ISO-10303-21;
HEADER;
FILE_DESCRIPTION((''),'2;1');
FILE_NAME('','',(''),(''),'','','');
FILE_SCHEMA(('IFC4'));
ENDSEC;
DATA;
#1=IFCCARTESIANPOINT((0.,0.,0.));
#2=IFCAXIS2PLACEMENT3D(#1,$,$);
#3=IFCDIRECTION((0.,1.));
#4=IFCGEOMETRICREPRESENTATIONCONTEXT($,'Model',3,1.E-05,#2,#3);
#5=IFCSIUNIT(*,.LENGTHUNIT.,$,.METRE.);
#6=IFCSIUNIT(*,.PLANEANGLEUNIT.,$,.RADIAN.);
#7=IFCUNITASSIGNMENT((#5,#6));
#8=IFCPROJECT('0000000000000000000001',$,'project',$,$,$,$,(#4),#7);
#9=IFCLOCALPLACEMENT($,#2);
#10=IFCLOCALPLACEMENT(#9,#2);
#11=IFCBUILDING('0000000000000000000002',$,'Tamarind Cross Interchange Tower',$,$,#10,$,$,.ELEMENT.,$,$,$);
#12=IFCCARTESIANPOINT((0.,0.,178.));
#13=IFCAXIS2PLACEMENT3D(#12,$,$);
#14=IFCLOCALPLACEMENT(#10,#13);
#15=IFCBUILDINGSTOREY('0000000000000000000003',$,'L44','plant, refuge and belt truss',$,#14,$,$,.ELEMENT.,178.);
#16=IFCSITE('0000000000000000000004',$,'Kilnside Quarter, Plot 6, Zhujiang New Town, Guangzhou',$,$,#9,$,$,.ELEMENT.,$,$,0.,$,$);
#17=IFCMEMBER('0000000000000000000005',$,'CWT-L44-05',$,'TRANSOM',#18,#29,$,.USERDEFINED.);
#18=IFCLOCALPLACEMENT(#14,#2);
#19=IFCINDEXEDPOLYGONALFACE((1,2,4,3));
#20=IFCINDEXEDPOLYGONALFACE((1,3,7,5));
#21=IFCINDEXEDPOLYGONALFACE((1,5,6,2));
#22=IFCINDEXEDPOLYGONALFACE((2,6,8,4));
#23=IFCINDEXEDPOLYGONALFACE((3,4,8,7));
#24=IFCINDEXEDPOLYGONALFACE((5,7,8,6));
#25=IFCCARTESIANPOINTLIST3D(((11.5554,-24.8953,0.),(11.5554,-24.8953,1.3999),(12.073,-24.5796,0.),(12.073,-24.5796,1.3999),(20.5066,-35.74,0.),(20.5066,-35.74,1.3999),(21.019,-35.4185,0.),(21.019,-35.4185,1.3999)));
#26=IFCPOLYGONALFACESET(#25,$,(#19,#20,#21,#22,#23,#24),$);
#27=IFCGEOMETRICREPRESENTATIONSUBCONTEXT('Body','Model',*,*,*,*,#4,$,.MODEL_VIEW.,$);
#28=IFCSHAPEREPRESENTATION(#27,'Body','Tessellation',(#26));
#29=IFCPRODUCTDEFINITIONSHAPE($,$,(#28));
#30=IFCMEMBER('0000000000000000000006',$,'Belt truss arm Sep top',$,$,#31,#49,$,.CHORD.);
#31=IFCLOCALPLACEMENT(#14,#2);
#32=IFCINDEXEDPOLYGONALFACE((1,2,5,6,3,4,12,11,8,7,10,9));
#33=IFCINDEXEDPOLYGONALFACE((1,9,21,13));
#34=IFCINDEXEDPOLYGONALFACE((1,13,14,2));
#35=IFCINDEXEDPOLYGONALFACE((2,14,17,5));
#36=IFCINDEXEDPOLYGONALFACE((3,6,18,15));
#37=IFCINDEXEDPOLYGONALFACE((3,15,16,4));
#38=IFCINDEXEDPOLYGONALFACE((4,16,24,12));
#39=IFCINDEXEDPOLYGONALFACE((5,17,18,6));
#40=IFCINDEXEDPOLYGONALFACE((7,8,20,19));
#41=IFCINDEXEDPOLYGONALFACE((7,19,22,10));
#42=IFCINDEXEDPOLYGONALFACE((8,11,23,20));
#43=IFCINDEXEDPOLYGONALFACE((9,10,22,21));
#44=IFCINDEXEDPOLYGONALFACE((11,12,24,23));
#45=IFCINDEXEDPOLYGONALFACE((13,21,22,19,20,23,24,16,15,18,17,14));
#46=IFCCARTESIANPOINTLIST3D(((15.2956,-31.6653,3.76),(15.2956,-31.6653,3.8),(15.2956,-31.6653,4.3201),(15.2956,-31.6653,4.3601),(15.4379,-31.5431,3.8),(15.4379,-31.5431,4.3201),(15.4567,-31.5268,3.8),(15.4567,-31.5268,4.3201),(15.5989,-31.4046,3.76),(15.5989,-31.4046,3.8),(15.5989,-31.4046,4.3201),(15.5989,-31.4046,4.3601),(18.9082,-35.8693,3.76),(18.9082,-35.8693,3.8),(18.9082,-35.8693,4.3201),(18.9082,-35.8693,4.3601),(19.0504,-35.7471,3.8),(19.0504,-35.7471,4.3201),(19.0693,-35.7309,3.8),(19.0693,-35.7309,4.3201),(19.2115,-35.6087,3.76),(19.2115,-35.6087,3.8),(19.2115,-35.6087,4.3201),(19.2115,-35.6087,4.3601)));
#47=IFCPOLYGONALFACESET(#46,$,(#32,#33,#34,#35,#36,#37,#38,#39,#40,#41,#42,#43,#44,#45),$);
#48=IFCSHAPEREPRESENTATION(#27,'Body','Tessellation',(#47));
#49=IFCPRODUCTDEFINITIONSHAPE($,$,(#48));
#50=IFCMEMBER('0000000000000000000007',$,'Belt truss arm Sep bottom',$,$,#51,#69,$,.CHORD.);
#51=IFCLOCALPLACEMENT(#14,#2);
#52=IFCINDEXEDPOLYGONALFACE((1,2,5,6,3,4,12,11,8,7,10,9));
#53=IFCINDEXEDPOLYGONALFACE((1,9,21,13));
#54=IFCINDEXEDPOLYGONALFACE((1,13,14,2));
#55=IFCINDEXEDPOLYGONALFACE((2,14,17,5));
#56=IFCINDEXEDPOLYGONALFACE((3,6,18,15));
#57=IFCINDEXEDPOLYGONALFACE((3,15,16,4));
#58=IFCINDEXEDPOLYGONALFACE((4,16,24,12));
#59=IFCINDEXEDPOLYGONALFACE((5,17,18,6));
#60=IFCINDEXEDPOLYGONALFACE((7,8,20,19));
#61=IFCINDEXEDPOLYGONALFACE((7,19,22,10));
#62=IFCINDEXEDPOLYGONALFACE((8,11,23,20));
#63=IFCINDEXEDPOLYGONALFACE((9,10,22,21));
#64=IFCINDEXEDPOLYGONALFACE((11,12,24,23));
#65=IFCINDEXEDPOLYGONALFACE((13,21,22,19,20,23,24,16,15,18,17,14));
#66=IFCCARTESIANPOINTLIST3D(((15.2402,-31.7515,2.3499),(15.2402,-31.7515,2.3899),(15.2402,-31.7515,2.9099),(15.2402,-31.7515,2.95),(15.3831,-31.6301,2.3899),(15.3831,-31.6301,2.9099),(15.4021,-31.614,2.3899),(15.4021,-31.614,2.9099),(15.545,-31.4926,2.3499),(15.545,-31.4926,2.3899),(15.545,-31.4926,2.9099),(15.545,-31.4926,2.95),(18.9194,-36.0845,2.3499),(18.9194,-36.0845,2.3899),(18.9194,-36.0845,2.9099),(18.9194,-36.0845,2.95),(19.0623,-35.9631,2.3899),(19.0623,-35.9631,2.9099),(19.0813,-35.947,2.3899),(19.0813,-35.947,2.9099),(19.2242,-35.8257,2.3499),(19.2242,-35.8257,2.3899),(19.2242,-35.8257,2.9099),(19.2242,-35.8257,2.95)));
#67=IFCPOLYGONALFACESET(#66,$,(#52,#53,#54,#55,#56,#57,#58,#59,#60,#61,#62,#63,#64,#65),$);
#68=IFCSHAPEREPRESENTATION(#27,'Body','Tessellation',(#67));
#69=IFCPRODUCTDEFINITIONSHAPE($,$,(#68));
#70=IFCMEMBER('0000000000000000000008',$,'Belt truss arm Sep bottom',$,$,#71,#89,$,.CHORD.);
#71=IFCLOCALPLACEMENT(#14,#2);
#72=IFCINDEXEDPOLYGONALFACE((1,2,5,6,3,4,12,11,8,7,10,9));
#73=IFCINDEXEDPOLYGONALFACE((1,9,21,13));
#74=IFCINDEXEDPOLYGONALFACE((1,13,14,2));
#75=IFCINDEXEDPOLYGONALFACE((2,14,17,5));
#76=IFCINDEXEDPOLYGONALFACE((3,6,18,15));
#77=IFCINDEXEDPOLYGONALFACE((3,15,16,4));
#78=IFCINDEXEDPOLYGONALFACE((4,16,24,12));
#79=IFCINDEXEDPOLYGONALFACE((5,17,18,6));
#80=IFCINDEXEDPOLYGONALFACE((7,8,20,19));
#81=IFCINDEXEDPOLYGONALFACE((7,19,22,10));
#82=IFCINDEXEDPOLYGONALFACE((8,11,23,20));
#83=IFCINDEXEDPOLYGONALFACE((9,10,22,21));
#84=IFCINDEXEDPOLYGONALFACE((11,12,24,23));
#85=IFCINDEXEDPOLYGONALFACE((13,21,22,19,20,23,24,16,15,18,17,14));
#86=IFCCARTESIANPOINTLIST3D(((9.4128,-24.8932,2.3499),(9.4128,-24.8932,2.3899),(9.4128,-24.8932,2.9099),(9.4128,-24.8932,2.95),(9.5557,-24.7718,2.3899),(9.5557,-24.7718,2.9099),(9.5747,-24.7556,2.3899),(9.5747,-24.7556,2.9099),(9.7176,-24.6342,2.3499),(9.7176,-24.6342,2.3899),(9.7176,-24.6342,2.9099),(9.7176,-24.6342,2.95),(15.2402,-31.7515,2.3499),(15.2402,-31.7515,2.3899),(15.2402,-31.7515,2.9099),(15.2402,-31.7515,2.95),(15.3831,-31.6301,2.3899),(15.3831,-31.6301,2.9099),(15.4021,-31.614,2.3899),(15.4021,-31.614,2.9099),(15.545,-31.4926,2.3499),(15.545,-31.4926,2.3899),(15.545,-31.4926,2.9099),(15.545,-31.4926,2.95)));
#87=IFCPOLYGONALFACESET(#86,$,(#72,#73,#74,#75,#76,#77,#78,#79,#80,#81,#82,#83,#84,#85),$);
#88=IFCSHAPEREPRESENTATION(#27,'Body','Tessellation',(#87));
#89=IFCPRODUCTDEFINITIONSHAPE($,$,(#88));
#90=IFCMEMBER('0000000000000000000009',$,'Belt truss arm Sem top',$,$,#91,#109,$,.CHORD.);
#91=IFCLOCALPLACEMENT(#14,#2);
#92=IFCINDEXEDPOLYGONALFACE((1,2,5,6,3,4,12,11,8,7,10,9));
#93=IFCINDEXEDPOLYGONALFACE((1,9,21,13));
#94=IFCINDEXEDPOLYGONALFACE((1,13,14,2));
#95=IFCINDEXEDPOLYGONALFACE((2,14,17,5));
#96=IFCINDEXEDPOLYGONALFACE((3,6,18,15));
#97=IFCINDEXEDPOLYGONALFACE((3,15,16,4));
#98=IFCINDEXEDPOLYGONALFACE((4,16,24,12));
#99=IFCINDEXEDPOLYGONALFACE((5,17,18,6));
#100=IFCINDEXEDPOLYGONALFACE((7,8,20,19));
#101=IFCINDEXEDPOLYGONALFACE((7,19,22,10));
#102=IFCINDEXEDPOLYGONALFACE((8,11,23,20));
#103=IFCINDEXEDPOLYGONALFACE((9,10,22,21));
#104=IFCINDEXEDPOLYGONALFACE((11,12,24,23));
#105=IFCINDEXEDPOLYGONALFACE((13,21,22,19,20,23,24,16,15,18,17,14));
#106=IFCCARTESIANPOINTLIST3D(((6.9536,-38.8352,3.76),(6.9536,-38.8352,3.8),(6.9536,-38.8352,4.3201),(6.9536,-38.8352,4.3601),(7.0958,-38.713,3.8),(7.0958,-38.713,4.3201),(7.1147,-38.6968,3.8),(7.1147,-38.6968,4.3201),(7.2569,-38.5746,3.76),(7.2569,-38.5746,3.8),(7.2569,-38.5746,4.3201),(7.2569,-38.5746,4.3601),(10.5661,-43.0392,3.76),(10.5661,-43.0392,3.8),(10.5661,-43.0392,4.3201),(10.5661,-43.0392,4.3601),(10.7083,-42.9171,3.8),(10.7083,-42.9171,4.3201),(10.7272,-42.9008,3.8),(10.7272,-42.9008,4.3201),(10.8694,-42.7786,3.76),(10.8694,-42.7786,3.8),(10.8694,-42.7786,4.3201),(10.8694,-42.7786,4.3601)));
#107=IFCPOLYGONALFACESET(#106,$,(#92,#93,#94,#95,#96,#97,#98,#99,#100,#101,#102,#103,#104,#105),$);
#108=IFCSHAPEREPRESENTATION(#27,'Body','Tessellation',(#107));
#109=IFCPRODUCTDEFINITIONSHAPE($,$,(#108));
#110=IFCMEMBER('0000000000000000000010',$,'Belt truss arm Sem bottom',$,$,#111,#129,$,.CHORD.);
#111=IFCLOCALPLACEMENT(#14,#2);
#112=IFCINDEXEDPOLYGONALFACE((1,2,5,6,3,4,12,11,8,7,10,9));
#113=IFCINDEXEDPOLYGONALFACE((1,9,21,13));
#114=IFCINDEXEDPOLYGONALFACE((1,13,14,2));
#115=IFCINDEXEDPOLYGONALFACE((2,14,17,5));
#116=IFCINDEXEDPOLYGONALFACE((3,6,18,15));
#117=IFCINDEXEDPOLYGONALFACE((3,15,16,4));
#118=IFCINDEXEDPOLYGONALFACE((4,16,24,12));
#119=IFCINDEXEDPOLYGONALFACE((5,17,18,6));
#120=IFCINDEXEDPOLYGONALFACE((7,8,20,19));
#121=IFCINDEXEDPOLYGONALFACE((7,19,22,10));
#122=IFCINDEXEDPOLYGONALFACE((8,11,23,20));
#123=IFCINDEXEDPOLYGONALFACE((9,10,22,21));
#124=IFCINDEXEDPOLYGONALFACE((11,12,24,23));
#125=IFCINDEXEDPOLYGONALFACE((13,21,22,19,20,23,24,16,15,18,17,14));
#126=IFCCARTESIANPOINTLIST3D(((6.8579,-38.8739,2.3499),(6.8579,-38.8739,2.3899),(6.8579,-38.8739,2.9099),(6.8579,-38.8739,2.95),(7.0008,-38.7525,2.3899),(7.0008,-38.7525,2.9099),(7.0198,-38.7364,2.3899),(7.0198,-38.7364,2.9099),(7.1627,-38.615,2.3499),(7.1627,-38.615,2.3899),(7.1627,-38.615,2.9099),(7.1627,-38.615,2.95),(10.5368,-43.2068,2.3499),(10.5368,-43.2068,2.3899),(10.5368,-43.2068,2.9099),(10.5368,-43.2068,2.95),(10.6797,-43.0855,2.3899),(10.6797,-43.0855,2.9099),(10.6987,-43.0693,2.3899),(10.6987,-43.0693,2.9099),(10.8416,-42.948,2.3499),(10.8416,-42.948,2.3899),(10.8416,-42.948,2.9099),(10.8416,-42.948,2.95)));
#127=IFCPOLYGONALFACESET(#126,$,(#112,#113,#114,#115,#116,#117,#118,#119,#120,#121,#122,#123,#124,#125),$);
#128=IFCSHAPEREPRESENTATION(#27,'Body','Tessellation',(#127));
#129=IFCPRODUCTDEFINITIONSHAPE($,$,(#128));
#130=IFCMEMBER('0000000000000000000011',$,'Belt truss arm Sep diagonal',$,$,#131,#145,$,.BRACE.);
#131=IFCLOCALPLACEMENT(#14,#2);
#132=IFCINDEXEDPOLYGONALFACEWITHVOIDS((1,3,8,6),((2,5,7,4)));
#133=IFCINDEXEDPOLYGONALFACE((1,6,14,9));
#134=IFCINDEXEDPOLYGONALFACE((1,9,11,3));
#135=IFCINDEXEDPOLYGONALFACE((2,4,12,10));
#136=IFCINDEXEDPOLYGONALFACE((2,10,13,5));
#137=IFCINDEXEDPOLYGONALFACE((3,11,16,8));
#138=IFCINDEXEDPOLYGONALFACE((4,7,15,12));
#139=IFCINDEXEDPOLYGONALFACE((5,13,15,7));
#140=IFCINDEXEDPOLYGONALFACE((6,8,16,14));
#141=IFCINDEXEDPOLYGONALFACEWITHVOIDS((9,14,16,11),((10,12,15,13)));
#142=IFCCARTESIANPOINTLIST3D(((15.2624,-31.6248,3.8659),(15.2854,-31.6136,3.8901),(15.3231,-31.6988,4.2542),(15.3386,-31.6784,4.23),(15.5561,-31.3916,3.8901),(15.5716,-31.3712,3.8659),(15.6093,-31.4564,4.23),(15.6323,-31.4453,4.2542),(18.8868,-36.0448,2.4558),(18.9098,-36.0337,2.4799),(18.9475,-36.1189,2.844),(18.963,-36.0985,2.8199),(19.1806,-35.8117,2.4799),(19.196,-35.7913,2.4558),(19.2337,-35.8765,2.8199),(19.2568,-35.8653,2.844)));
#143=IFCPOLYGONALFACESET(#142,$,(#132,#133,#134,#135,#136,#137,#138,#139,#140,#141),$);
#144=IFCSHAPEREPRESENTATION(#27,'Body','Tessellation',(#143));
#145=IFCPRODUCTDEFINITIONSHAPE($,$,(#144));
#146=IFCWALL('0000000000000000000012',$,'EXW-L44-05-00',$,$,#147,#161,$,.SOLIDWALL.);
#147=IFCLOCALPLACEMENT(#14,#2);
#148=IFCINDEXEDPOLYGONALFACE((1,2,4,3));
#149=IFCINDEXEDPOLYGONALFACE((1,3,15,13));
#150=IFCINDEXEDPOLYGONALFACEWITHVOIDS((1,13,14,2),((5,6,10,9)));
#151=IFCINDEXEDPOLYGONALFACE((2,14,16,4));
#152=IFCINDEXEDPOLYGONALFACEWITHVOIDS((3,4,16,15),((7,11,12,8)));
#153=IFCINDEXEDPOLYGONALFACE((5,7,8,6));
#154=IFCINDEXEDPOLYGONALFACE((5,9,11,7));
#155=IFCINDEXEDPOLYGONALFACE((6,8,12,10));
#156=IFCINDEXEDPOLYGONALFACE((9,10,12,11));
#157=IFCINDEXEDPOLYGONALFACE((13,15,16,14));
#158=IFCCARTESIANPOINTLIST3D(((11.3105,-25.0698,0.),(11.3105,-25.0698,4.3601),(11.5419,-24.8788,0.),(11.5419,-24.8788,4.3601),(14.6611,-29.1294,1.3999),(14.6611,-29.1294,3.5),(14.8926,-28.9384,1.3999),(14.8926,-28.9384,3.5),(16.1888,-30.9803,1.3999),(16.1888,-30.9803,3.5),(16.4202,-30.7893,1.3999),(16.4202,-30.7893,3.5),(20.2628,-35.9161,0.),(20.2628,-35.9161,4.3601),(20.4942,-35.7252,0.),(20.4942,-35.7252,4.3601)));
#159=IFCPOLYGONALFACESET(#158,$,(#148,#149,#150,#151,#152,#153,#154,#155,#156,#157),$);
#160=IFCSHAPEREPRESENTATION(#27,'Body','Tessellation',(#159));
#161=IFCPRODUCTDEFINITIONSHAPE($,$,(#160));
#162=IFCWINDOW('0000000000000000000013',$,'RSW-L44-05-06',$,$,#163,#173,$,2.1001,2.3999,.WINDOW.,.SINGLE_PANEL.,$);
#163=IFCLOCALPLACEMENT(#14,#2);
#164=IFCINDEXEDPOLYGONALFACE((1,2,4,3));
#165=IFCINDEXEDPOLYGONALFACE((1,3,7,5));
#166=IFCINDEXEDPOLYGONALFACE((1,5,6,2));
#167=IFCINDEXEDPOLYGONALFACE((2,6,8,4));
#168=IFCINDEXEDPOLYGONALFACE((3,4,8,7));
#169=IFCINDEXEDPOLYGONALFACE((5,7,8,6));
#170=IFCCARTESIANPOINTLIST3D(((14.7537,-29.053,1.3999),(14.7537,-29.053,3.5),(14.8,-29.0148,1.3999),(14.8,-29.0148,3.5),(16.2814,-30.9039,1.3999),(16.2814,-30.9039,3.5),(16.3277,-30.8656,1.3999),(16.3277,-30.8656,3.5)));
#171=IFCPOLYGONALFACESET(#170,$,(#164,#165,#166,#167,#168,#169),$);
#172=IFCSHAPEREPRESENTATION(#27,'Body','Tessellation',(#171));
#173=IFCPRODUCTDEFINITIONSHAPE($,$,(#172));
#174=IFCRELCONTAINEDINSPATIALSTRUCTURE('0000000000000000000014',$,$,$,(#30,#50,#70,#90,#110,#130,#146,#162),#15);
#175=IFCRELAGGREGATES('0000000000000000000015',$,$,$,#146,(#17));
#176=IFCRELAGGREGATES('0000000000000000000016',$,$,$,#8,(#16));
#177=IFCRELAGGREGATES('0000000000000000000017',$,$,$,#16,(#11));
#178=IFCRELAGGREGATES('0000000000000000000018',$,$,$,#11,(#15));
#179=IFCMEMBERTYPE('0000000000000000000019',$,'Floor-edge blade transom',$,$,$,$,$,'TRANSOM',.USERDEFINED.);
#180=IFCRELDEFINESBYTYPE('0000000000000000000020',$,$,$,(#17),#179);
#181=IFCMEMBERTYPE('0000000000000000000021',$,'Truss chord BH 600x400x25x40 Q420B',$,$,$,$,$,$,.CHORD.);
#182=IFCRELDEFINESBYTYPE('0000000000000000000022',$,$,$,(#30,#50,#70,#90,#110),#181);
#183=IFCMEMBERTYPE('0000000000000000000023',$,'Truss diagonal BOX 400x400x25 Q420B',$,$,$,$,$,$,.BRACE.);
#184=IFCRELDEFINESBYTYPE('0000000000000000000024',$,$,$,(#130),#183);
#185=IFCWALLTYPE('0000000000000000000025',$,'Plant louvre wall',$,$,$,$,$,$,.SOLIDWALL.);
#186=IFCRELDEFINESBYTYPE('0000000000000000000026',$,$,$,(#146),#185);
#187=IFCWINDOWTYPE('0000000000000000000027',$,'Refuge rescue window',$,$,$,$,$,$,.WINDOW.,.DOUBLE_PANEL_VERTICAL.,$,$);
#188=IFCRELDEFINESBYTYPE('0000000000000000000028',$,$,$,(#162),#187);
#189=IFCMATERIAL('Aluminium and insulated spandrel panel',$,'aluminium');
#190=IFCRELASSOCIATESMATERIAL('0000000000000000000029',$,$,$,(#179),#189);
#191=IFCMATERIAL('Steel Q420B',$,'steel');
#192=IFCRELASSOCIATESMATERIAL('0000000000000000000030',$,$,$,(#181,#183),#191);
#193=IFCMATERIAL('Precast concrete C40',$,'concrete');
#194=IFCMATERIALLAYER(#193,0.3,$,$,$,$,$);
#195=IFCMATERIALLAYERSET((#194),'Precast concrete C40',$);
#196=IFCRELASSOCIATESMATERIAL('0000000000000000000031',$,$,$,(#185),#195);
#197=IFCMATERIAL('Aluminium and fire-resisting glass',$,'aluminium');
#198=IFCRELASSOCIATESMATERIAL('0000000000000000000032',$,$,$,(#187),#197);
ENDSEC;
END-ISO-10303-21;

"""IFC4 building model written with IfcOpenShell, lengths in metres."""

from ifc_helpers import new_model, si_unit, direction, frame, frame_2d, origin, origin_2d, place, context, subcontext, project, spatial, polyline, rectangle, hollow_rectangle, i_section, outline, extrude, material, layer, layer_set, material_profile, profile_set, type_object, element, fill, aggregate, save


model = new_model("IFC4")

# Units and contexts
model_context = context("Model", 3, precision=1e-05, world=origin(), true_north=direction((0.0, 1.0)))
body_context = subcontext(model_context, "Body", "Model", "MODEL_VIEW")
ifc_project = project(units=[si_unit("LENGTHUNIT", "METRE"), si_unit("PLANEANGLEUNIT", "RADIAN")], contexts=[model_context])

# Site, building, storey
site_placement = place(None, origin())
site = spatial("IfcSite", under=ifc_project, at=site_placement, Name="Kilnside Quarter, Plot 6, Zhujiang New Town, Guangzhou", CompositionType="ELEMENT", RefElevation=0.0)
building_placement = place(site_placement, origin())
building = spatial("IfcBuilding", under=site, at=building_placement, Name="Tamarind Cross Interchange Tower", CompositionType="ELEMENT")
storey_placement = place(building_placement, frame((0.0, 0.0, 178.0)))
storey = spatial("IfcBuildingStorey", under=building, at=storey_placement, Name="L44", Description="plant, refuge and belt truss", CompositionType="ELEMENT", Elevation=178.0)

# Member
ifc_material_1 = material(Name="Aluminium and insulated spandrel panel", Category="aluminium")
member_type_1 = type_object("IfcMemberType", Name="Floor-edge blade transom", ElementType="TRANSOM", PredefinedType="USERDEFINED", material=ifc_material_1)
member_1_placement = place(storey_placement, origin())
member_1 = element("IfcMember", 1, at=member_1_placement, type_object=member_type_1, Name="CWT-L44-05", ObjectType="TRANSOM", PredefinedType="USERDEFINED", context=body_context, shape_type="SweptSolid", body=[
    extrude(outline(polyline([(20.5066, -35.74), (11.5554, -24.8953), (12.073, -24.5796), (21.019, -35.4185), (20.5066, -35.74)])), origin(), (0.0, 0.0, 1.0), 1.3999),
])

# Members
ifc_material_2 = material(Name="Steel Q420B", Category="steel")
ifc_material_profile_1 = material_profile(ifc_material_2, i_section(OverallWidth=0.3999, OverallDepth=0.6001, WebThickness=0.0249, FlangeThickness=0.04, at=origin_2d()), Name="BH 600x400x25x40")
ifc_profile_set_1 = profile_set([ifc_material_profile_1], Name="Steel Q420B")
member_type_2 = type_object("IfcMemberType", Name="Truss chord BH 600x400x25x40 Q420B", PredefinedType="CHORD", material=ifc_profile_set_1)
member_2_placement = place(storey_placement, frame((19.0598, -35.739, 4.0601), z_axis=(-0.65173, 0.758451, 0.0), x_axis=(-0.758451, -0.65173, 0.0)))
element("IfcMember", 2, at=member_2_placement, inside=storey, type_object=member_type_2, Name="Belt truss arm Sep top", PredefinedType="CHORD", context=body_context, shape_type="SweptSolid", body=[
    extrude(i_section(OverallWidth=0.3999, OverallDepth=0.6001, WebThickness=0.0249, FlangeThickness=0.04, at=origin_2d()), origin(), (0.0, 0.0, 1.0), 5.543),
])
member_3_placement = place(storey_placement, frame((19.0718, -35.9551, 2.6499), z_axis=(-0.647254, 0.762274, 0.0), x_axis=(-0.762274, -0.647254, 0.0)))
element("IfcMember", 3, at=member_3_placement, inside=storey, type_object=member_type_2, Name="Belt truss arm Sep bottom", PredefinedType="CHORD", context=body_context, shape_type="SweptSolid", body=[
    extrude(i_section(OverallWidth=0.3999, OverallDepth=0.6001, WebThickness=0.0249, FlangeThickness=0.04, at=origin_2d()), origin(), (0.0, 0.0, 1.0), 5.6843),
])
member_4_placement = place(storey_placement, frame((15.3926, -31.6221, 2.6499), z_axis=(-0.647504, 0.762062, 0.0), x_axis=(-0.762062, -0.647504, 0.0)))
element("IfcMember", 4, at=member_4_placement, inside=storey, type_object=member_type_2, Name="Belt truss arm Sep bottom", PredefinedType="CHORD", context=body_context, shape_type="SweptSolid", body=[
    extrude(i_section(OverallWidth=0.3999, OverallDepth=0.6001, WebThickness=0.0249, FlangeThickness=0.04, at=origin_2d()), origin(), (0.0, 0.0, 1.0), 8.9998),
])
member_5_placement = place(storey_placement, frame((10.7178, -42.9089, 4.0601), z_axis=(-0.65173, 0.758451, 0.0), x_axis=(-0.758451, -0.65173, 0.0)))
element("IfcMember", 5, at=member_5_placement, inside=storey, type_object=member_type_2, Name="Belt truss arm Sem top", PredefinedType="CHORD", context=body_context, shape_type="SweptSolid", body=[
    extrude(i_section(OverallWidth=0.3999, OverallDepth=0.6001, WebThickness=0.0249, FlangeThickness=0.04, at=origin_2d()), origin(), (0.0, 0.0, 1.0), 5.543),
])
member_6_placement = place(storey_placement, frame((10.6892, -43.0774, 2.6499), z_axis=(-0.647229, 0.762295, 0.0), x_axis=(-0.762295, -0.647229, 0.0)))
element("IfcMember", 6, at=member_6_placement, inside=storey, type_object=member_type_2, Name="Belt truss arm Sem bottom", PredefinedType="CHORD", context=body_context, shape_type="SweptSolid", body=[
    extrude(i_section(OverallWidth=0.3999, OverallDepth=0.6001, WebThickness=0.0249, FlangeThickness=0.04, at=origin_2d()), origin(), (0.0, 0.0, 1.0), 5.6841),
])
ifc_material_profile_2 = material_profile(ifc_material_2, hollow_rectangle(XDim=0.3999, YDim=0.3999, WallThickness=0.0249, at=origin_2d()), Name="BOX 400x400x25")
ifc_profile_set_2 = profile_set([ifc_material_profile_2], Name="Steel Q420B")
member_type_3 = type_object("IfcMemberType", Name="Truss diagonal BOX 400x400x25 Q420B", PredefinedType="BRACE", material=ifc_profile_set_2)
member_7_placement = place(storey_placement, frame((19.0718, -35.9551, 2.6499), z_axis=(-0.615621, 0.750762, 0.239514), x_axis=(-0.77327, -0.634077, 0.0)))
element("IfcMember", 7, at=member_7_placement, inside=storey, type_object=member_type_3, Name="Belt truss arm Sep diagonal", PredefinedType="BRACE", context=body_context, shape_type="SweptSolid", body=[
    extrude(hollow_rectangle(XDim=0.3999, YDim=0.3999, WallThickness=0.0249, at=origin_2d()), origin(), (0.0, 0.0, 1.0), 5.8875),
])

# Wall, opening, window
ifc_material_3 = material(Name="Precast concrete C40", Category="concrete")
ifc_layer = layer(ifc_material_3, 0.3)
ifc_layer_set = layer_set([ifc_layer], Name="Precast concrete C40")
wall_type = type_object("IfcWallType", Name="Plant louvre wall", PredefinedType="SOLIDWALL", material=ifc_layer_set)
wall_1_placement = place(storey_placement, frame((20.3784, -35.8206, 0.0), z_axis=(0.0, 0.0, 1.0), x_axis=(-0.636556, 0.771231, 0.0)))
wall_1 = element("IfcWall", 8, at=wall_1_placement, inside=storey, type_object=wall_type, Name="EXW-L44-05-00", PredefinedType="SOLIDWALL", context=body_context, shape_type="SweptSolid", body=[
    extrude(rectangle(XDim=14.0637, YDim=0.3, at=frame_2d((7.0317, 0.0))), origin(), (0.0, 0.0, 1.0), 4.3601),
])
opening_1_placement = place(wall_1_placement, frame((6.3999, 0.0, 1.3999)))
opening_1 = element("IfcOpeningElement", 9, at=opening_1_placement, cuts=wall_1, PredefinedType="OPENING", context=body_context, shape_type="SweptSolid", body=[
    extrude(rectangle(XDim=2.3999, YDim=2.1001, at=frame_2d((1.2, 1.05))), frame((0.0, 0.1599, 0.0), z_axis=(0.0, -1.0, 0.0), x_axis=(1.0, 0.0, 0.0)), (0.0, 0.0, 1.0), 0.3201),
])
ifc_material_4 = material(Name="Aluminium and fire-resisting glass", Category="aluminium")
window_type_1 = type_object("IfcWindowType", Name="Refuge rescue window", PartitioningType="DOUBLE_PANEL_VERTICAL", PredefinedType="WINDOW", material=ifc_material_4)
window_1_placement = place(opening_1_placement, origin())
window_1 = element("IfcWindow", 10, at=window_1_placement, inside=storey, type_object=window_type_1, Name="RSW-L44-05-06", OverallHeight=2.1001, OverallWidth=2.3999, PartitioningType="SINGLE_PANEL", PredefinedType="WINDOW", context=body_context, shape_type="SweptSolid", body=[
    extrude(rectangle(XDim=2.3999, YDim=2.1001, at=frame_2d((1.2, 1.05))), frame((0.0, 0.03, 0.0), z_axis=(0.0, -1.0, 0.0), x_axis=(1.0, 0.0, 0.0)), (0.0, 0.0, 1.0), 0.0601),
])
fill(opening_1, window_1)
aggregate(wall_1, [member_1])

save(model, "model.ifc")
